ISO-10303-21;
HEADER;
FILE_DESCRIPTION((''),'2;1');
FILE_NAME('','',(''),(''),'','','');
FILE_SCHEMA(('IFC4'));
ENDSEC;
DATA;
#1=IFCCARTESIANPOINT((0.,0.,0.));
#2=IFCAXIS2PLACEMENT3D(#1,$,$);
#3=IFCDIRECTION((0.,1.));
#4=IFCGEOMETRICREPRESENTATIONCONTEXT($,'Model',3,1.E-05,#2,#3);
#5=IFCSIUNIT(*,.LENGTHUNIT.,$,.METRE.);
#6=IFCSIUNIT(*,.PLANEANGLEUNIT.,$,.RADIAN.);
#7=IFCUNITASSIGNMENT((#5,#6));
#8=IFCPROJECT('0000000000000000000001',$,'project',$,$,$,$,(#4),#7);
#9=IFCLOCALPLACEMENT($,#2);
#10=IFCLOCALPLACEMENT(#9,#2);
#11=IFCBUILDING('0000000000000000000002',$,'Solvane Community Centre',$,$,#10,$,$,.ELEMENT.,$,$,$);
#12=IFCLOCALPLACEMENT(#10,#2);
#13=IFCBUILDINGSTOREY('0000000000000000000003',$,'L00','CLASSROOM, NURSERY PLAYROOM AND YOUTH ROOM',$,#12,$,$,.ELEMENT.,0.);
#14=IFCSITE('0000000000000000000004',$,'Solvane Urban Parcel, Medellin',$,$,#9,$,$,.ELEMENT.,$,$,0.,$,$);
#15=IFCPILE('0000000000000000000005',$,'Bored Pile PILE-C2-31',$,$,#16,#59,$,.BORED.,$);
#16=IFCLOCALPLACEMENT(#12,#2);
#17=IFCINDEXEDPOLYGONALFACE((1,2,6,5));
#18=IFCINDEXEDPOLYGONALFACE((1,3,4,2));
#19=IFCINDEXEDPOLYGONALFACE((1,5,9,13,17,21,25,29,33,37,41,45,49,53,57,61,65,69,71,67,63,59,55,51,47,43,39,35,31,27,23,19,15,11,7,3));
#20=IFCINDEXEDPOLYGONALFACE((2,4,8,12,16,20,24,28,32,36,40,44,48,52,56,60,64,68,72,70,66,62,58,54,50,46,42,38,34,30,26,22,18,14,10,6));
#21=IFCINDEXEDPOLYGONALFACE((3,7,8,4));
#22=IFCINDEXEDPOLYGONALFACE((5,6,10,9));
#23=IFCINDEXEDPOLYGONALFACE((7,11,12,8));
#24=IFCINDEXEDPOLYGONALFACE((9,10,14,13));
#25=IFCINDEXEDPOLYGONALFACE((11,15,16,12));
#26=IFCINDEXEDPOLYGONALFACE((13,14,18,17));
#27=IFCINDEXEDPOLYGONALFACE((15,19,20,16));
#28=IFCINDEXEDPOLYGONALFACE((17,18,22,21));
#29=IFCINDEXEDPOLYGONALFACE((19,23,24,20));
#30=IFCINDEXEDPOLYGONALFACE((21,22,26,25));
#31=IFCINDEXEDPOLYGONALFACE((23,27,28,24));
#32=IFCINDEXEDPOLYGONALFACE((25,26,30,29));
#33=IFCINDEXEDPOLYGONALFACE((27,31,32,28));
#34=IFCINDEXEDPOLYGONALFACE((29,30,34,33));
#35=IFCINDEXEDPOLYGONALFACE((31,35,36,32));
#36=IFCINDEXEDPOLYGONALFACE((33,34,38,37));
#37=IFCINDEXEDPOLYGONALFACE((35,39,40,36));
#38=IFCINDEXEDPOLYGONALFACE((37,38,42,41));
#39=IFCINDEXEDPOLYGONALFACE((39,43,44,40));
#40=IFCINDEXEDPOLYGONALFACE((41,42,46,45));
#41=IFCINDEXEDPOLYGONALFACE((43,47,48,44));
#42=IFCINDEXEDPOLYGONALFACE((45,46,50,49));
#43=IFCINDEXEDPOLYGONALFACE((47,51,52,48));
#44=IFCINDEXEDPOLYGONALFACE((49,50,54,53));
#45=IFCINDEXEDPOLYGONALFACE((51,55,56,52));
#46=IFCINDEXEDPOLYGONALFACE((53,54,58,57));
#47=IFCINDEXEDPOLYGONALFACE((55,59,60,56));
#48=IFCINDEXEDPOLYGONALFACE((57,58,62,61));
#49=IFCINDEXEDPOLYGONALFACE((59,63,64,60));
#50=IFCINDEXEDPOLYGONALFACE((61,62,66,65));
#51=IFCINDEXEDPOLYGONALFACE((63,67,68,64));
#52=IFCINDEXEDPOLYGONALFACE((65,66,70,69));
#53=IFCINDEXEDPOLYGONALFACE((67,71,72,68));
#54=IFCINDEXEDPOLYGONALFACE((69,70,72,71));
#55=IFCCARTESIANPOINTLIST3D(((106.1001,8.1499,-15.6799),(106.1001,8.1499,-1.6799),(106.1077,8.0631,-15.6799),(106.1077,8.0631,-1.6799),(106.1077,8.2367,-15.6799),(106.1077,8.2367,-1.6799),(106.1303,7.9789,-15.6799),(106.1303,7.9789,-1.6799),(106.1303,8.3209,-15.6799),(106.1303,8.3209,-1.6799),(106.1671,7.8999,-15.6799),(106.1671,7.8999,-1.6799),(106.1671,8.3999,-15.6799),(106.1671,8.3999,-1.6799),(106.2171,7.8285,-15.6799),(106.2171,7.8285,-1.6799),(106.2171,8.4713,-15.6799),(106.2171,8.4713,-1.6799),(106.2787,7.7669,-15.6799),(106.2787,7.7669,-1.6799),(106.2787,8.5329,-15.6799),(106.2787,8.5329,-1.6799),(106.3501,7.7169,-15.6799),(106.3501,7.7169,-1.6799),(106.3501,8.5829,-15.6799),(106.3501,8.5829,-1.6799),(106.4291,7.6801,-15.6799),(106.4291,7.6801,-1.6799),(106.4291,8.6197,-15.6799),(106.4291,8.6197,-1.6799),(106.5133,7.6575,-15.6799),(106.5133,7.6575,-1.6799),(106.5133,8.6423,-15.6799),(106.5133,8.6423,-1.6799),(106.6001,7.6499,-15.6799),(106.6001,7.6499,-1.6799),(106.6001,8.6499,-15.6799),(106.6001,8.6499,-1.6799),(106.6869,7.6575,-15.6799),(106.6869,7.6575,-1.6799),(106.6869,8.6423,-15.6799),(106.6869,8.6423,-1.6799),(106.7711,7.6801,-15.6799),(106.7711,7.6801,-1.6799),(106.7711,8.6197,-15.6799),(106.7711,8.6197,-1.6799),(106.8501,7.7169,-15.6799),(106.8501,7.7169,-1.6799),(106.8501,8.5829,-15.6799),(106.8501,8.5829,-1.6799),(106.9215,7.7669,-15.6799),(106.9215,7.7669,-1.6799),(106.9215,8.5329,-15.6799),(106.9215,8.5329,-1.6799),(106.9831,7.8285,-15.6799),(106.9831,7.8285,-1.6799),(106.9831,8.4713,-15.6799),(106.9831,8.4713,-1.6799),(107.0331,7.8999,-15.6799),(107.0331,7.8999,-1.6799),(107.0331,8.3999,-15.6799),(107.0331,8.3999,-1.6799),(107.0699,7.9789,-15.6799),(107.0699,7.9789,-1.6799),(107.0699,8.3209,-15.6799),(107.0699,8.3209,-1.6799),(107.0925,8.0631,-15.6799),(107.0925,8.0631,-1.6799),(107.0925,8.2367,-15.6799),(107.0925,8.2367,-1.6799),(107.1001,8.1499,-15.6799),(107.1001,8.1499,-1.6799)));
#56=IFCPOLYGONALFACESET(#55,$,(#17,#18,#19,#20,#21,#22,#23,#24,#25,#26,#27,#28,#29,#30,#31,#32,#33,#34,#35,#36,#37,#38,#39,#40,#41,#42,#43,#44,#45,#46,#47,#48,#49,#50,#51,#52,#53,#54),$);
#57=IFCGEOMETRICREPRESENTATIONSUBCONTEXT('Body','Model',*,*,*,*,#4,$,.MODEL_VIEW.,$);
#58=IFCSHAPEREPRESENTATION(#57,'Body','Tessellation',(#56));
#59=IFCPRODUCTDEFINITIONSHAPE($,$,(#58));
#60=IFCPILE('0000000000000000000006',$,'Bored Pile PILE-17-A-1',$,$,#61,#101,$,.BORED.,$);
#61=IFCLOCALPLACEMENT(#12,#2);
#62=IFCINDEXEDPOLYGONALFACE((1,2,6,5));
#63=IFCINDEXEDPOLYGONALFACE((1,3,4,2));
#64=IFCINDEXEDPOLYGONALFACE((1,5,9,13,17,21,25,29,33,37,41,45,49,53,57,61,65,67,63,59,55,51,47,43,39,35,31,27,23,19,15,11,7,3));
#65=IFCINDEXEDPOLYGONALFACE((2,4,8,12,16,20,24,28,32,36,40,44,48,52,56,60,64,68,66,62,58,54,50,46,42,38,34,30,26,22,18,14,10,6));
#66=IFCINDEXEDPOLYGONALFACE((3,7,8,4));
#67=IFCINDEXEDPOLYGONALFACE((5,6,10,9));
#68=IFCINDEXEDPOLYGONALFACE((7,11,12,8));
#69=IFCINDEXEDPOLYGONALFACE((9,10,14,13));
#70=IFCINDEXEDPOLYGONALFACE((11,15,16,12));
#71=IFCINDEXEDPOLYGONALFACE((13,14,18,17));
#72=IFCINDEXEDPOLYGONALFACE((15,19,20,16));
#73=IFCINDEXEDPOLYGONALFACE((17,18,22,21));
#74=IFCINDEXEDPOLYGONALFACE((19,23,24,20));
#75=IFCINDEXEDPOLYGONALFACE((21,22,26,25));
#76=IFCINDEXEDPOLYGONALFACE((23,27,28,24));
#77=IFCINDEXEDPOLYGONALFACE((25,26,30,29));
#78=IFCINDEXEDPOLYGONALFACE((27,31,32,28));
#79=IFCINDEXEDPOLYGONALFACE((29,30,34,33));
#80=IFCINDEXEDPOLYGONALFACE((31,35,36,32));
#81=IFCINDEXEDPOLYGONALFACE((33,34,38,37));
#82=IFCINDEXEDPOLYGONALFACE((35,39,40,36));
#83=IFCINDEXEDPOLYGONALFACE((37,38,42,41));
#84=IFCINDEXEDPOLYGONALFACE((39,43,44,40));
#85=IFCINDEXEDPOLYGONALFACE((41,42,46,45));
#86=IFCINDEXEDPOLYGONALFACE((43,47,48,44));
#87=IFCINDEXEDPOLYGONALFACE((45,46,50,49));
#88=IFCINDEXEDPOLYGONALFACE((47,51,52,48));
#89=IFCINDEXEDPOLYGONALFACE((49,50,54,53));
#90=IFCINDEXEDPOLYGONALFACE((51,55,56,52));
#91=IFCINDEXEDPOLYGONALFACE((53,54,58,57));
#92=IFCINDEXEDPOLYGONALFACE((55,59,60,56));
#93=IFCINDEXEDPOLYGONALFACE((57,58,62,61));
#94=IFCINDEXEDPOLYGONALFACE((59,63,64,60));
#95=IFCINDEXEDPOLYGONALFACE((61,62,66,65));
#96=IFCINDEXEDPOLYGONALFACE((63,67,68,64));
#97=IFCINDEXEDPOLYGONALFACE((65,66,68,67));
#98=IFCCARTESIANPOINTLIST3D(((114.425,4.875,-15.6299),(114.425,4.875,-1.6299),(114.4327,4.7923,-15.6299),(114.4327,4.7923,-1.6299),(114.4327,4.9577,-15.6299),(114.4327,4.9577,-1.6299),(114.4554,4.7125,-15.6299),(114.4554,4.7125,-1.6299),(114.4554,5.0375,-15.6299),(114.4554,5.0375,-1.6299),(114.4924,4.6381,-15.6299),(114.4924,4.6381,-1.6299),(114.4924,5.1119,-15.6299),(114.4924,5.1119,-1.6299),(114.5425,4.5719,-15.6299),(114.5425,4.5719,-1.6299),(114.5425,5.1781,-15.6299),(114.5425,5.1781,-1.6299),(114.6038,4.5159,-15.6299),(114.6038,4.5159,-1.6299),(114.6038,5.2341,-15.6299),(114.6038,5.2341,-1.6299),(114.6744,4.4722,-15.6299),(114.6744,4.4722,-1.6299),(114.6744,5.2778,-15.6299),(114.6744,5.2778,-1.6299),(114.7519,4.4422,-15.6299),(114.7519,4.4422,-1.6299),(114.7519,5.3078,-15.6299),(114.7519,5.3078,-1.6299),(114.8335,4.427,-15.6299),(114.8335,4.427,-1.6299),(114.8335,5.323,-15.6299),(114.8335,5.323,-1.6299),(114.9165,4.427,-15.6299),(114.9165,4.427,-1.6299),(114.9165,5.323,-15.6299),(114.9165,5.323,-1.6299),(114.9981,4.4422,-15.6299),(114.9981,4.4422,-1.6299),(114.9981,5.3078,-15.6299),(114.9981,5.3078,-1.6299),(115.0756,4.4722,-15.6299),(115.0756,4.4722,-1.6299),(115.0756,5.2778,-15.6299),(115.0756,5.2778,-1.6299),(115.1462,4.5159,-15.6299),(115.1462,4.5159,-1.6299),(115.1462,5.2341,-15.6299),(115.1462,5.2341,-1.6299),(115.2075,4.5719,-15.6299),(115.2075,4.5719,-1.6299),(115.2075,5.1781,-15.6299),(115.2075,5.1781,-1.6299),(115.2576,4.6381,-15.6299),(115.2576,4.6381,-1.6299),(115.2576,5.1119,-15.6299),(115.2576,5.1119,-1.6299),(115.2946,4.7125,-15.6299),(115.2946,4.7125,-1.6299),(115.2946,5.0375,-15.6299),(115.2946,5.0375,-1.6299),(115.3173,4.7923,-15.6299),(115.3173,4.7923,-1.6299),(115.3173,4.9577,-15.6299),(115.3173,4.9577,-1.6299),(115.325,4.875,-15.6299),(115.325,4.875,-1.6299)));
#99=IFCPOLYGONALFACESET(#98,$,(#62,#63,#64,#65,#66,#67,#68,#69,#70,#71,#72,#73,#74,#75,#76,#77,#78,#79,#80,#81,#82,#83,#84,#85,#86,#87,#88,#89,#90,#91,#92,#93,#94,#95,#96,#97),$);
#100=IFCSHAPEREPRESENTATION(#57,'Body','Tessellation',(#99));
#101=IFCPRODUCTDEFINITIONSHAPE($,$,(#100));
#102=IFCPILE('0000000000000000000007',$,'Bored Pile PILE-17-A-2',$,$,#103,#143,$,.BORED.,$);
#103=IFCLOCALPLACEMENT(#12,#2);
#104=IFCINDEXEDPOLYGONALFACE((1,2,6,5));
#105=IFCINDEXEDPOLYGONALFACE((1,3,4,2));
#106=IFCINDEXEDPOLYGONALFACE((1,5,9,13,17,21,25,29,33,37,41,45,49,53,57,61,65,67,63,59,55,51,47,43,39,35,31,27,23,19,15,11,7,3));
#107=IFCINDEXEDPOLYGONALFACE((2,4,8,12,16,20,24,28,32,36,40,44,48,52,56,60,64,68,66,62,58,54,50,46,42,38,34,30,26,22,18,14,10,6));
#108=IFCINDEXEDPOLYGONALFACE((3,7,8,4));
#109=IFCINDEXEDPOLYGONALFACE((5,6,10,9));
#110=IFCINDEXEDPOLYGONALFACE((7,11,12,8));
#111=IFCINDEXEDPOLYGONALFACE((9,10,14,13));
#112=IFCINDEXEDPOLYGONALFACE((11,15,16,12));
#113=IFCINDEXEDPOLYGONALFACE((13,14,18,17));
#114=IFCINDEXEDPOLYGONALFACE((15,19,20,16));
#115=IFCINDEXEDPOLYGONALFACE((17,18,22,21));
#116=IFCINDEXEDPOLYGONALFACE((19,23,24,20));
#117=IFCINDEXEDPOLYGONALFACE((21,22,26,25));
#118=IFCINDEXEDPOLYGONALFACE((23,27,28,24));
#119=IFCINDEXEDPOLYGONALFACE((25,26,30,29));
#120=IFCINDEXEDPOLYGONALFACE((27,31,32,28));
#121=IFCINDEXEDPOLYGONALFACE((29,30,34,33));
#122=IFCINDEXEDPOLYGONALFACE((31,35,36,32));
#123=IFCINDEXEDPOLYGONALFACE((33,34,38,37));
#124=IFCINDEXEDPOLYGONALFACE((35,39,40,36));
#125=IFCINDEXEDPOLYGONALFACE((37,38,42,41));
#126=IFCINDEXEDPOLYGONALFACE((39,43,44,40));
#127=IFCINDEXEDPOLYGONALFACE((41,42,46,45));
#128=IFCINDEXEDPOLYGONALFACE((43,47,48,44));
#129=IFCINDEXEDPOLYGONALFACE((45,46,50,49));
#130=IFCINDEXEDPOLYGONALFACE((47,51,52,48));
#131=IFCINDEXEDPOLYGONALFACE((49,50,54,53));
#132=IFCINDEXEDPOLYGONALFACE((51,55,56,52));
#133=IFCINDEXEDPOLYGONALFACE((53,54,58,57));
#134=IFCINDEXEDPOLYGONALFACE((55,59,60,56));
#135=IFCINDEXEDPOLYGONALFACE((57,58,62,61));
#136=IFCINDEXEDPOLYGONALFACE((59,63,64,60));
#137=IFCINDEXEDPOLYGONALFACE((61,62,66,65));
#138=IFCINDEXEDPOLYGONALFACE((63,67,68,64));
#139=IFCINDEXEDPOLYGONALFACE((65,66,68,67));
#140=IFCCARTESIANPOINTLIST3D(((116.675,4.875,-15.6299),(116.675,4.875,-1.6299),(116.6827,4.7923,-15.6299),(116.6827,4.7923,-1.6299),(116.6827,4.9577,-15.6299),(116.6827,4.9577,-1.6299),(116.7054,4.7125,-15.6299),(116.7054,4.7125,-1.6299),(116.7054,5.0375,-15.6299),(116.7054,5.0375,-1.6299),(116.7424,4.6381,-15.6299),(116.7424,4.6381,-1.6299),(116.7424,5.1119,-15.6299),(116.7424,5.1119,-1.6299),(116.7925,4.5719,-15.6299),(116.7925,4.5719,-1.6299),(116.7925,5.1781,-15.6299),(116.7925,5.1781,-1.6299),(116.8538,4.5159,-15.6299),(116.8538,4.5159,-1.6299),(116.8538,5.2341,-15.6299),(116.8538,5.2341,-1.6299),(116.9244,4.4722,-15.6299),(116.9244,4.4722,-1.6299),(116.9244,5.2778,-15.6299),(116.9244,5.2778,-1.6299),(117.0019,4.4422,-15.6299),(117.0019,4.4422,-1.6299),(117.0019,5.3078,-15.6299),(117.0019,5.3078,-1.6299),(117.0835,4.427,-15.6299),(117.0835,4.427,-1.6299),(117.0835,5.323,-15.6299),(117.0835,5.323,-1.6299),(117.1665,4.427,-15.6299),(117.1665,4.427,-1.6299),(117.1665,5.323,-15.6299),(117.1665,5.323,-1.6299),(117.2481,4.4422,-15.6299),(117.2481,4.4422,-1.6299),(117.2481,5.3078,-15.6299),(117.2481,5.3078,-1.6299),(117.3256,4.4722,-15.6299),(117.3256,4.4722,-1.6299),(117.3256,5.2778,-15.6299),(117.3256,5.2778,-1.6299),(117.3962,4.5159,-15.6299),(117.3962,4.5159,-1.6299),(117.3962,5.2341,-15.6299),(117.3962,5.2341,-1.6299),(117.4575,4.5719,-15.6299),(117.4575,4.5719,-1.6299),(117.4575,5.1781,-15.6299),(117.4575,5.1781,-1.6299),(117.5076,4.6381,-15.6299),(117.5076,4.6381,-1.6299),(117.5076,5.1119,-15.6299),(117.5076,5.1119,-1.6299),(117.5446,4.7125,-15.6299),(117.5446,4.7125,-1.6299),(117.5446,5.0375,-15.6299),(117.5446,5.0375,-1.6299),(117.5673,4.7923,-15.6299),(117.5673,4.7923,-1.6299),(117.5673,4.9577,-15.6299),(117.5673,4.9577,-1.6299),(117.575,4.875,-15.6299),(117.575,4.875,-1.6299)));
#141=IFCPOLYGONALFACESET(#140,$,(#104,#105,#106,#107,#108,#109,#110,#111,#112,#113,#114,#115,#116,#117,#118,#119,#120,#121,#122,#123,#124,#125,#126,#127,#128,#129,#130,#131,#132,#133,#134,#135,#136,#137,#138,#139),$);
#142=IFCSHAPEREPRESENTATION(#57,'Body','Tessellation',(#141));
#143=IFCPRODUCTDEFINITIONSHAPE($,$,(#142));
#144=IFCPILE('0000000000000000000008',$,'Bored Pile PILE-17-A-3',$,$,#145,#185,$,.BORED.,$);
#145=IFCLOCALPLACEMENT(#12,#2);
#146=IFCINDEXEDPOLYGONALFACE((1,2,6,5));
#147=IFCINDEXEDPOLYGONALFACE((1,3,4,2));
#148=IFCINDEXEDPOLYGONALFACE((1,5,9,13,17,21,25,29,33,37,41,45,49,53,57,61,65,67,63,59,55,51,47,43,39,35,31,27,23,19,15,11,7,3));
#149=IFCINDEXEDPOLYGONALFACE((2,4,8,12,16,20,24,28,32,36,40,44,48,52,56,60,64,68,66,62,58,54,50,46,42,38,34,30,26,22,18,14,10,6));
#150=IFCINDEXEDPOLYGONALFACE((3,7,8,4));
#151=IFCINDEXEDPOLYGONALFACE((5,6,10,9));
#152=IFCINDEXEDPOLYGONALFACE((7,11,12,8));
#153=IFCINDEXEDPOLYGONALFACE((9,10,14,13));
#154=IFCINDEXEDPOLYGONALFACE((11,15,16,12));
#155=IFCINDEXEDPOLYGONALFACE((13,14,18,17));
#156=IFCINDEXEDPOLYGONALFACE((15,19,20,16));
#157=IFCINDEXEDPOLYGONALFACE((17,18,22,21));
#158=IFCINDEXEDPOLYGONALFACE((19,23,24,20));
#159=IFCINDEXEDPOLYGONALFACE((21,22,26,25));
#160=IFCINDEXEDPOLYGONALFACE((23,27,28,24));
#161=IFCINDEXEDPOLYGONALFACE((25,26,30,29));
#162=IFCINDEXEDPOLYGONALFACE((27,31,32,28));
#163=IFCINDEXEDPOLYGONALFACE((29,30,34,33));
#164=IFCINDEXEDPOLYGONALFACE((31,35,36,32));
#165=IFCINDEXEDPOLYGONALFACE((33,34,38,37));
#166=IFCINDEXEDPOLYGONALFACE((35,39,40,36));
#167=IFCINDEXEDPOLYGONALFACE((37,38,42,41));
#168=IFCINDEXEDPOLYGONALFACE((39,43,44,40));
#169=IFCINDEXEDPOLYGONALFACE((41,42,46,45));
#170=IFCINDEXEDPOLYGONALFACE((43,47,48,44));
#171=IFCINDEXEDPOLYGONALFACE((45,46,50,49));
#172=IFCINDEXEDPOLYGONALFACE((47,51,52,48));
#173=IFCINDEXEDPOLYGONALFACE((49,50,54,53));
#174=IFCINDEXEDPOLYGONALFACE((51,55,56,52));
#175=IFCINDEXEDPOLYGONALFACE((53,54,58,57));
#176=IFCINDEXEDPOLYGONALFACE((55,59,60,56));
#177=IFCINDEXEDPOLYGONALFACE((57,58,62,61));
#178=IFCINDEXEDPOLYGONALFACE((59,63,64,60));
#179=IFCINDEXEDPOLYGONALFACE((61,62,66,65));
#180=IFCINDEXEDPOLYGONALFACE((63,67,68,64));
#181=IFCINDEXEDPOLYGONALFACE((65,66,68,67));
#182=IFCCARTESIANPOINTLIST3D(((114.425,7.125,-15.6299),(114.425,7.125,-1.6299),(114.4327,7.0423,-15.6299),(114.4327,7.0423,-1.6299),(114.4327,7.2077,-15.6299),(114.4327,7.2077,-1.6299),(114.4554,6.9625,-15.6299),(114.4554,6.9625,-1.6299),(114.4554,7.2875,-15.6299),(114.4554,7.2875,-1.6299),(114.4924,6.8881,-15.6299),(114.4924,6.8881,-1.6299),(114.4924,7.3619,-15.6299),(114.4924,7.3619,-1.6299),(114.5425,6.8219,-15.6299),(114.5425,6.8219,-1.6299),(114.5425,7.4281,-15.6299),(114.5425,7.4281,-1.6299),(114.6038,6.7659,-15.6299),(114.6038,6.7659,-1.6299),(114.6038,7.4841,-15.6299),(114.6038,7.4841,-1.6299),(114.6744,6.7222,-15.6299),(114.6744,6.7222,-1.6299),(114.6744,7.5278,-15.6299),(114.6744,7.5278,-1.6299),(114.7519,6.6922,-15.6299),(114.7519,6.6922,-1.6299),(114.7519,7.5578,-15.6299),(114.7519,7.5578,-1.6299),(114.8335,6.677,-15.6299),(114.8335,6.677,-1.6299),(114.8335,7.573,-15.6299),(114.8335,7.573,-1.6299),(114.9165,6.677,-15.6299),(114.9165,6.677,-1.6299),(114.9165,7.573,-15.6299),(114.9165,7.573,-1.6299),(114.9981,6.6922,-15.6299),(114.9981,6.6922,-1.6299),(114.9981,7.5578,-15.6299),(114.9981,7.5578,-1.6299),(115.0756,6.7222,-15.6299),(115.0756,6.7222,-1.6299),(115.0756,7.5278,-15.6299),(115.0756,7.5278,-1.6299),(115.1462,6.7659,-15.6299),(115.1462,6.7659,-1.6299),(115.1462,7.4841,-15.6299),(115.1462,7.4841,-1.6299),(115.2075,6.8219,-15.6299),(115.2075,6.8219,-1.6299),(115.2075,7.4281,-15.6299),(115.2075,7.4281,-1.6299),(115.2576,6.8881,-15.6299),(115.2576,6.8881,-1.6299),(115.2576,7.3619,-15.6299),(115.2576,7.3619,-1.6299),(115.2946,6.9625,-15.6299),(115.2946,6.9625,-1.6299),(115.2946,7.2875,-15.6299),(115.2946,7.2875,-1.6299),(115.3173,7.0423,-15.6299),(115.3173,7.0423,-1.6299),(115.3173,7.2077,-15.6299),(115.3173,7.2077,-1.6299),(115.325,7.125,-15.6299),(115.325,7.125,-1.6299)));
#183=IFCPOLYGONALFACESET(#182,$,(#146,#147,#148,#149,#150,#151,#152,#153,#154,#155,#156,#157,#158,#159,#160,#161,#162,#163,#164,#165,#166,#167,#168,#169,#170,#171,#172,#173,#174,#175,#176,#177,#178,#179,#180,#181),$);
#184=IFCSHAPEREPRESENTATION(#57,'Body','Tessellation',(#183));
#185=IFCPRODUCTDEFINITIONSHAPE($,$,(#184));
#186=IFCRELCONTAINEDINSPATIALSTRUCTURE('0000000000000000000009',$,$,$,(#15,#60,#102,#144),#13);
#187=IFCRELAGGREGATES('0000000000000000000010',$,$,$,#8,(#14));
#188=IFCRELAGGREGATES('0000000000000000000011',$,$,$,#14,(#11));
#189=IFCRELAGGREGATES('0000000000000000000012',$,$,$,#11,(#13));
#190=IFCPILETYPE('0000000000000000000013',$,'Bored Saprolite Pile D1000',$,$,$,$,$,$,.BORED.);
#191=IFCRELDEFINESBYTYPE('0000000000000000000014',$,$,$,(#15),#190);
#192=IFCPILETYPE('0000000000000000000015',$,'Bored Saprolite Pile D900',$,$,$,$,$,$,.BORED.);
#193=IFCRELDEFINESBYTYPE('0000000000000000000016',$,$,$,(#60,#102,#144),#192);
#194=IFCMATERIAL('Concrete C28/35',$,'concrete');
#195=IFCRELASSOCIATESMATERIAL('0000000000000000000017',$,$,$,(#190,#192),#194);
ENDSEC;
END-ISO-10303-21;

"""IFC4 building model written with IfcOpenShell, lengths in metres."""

from ifc_helpers import new_model, si_unit, direction, frame, origin, origin_2d, place, context, subcontext, project, spatial, circle, extrude, material, material_profile, profile_set, type_object, element, save


model = new_model("IFC4")

# Units and contexts
model_context = context("Model", 3, precision=1e-05, world=origin(), true_north=direction((0.0, 1.0)))
body_context = subcontext(model_context, "Body", "Model", "MODEL_VIEW")
ifc_project = project(units=[si_unit("LENGTHUNIT", "METRE"), si_unit("PLANEANGLEUNIT", "RADIAN")], contexts=[model_context])

# Site, building, storey
site_placement = place(None, origin())
site = spatial("IfcSite", under=ifc_project, at=site_placement, Name="Solvane Urban Parcel, Medellin", CompositionType="ELEMENT", RefElevation=0.0)
building_placement = place(site_placement, origin())
building = spatial("IfcBuilding", under=site, at=building_placement, Name="Solvane Community Centre", CompositionType="ELEMENT")
storey_placement = place(building_placement, origin())
storey = spatial("IfcBuildingStorey", under=building, at=storey_placement, Name="L00", Description="CLASSROOM, NURSERY PLAYROOM AND YOUTH ROOM", CompositionType="ELEMENT", Elevation=0.0)

# Piles
ifc_material_1 = material(Name="Concrete C28/35", Category="concrete")
ifc_material_profile_1 = material_profile(ifc_material_1, circle(Radius=0.5, at=origin_2d()), Name="PILE D1000")
ifc_profile_set_1 = profile_set([ifc_material_profile_1], Name="Concrete C28/35")
pile_type_1 = type_object("IfcPileType", Name="Bored Saprolite Pile D1000", PredefinedType="BORED", material=ifc_profile_set_1)
pile_placement = place(storey_placement, frame((106.6001, 8.1499, -1.6799), z_axis=(0.0, 0.0, -1.0), x_axis=(1.0, 0.0, 0.0)))
element("IfcPile", 1, at=pile_placement, inside=storey, type_object=pile_type_1, Name="Bored Pile PILE-C2-31", PredefinedType="BORED", context=body_context, shape_type="SweptSolid", body=[
    extrude(circle(Radius=0.5, at=origin_2d()), origin(), (0.0, 0.0, 1.0), 14.0),
])
ifc_material_profile_2 = material_profile(ifc_material_1, circle(Radius=0.45, at=origin_2d()), Name="PILE D900")
ifc_profile_set_2 = profile_set([ifc_material_profile_2], Name="Concrete C28/35")
pile_type_2 = type_object("IfcPileType", Name="Bored Saprolite Pile D900", PredefinedType="BORED", material=ifc_profile_set_2)
for number, where, z_axis, x_axis, name in (
    (2, (114.875, 4.875, -1.6299), (0.0, 0.0, -1.0), (1.0, 0.0, 0.0), "Bored Pile PILE-17-A-1"),
    (3, (117.125, 4.875, -1.6299), (0.0, 0.0, -1.0), (1.0, 0.0, 0.0), "Bored Pile PILE-17-A-2"),
    (4, (114.875, 7.125, -1.6299), (0.0, 0.0, -1.0), (1.0, 0.0, 0.0), "Bored Pile PILE-17-A-3"),
):
    element("IfcPile", number, at=place(storey_placement, frame(where, z_axis=z_axis, x_axis=x_axis)), inside=storey, type_object=pile_type_2, Name=name, PredefinedType="BORED", context=body_context, shape_type="SweptSolid", body=[
        extrude(circle(Radius=0.45, at=origin_2d()), origin(), (0.0, 0.0, 1.0), 14.0),
    ])

save(model, "model.ifc")
